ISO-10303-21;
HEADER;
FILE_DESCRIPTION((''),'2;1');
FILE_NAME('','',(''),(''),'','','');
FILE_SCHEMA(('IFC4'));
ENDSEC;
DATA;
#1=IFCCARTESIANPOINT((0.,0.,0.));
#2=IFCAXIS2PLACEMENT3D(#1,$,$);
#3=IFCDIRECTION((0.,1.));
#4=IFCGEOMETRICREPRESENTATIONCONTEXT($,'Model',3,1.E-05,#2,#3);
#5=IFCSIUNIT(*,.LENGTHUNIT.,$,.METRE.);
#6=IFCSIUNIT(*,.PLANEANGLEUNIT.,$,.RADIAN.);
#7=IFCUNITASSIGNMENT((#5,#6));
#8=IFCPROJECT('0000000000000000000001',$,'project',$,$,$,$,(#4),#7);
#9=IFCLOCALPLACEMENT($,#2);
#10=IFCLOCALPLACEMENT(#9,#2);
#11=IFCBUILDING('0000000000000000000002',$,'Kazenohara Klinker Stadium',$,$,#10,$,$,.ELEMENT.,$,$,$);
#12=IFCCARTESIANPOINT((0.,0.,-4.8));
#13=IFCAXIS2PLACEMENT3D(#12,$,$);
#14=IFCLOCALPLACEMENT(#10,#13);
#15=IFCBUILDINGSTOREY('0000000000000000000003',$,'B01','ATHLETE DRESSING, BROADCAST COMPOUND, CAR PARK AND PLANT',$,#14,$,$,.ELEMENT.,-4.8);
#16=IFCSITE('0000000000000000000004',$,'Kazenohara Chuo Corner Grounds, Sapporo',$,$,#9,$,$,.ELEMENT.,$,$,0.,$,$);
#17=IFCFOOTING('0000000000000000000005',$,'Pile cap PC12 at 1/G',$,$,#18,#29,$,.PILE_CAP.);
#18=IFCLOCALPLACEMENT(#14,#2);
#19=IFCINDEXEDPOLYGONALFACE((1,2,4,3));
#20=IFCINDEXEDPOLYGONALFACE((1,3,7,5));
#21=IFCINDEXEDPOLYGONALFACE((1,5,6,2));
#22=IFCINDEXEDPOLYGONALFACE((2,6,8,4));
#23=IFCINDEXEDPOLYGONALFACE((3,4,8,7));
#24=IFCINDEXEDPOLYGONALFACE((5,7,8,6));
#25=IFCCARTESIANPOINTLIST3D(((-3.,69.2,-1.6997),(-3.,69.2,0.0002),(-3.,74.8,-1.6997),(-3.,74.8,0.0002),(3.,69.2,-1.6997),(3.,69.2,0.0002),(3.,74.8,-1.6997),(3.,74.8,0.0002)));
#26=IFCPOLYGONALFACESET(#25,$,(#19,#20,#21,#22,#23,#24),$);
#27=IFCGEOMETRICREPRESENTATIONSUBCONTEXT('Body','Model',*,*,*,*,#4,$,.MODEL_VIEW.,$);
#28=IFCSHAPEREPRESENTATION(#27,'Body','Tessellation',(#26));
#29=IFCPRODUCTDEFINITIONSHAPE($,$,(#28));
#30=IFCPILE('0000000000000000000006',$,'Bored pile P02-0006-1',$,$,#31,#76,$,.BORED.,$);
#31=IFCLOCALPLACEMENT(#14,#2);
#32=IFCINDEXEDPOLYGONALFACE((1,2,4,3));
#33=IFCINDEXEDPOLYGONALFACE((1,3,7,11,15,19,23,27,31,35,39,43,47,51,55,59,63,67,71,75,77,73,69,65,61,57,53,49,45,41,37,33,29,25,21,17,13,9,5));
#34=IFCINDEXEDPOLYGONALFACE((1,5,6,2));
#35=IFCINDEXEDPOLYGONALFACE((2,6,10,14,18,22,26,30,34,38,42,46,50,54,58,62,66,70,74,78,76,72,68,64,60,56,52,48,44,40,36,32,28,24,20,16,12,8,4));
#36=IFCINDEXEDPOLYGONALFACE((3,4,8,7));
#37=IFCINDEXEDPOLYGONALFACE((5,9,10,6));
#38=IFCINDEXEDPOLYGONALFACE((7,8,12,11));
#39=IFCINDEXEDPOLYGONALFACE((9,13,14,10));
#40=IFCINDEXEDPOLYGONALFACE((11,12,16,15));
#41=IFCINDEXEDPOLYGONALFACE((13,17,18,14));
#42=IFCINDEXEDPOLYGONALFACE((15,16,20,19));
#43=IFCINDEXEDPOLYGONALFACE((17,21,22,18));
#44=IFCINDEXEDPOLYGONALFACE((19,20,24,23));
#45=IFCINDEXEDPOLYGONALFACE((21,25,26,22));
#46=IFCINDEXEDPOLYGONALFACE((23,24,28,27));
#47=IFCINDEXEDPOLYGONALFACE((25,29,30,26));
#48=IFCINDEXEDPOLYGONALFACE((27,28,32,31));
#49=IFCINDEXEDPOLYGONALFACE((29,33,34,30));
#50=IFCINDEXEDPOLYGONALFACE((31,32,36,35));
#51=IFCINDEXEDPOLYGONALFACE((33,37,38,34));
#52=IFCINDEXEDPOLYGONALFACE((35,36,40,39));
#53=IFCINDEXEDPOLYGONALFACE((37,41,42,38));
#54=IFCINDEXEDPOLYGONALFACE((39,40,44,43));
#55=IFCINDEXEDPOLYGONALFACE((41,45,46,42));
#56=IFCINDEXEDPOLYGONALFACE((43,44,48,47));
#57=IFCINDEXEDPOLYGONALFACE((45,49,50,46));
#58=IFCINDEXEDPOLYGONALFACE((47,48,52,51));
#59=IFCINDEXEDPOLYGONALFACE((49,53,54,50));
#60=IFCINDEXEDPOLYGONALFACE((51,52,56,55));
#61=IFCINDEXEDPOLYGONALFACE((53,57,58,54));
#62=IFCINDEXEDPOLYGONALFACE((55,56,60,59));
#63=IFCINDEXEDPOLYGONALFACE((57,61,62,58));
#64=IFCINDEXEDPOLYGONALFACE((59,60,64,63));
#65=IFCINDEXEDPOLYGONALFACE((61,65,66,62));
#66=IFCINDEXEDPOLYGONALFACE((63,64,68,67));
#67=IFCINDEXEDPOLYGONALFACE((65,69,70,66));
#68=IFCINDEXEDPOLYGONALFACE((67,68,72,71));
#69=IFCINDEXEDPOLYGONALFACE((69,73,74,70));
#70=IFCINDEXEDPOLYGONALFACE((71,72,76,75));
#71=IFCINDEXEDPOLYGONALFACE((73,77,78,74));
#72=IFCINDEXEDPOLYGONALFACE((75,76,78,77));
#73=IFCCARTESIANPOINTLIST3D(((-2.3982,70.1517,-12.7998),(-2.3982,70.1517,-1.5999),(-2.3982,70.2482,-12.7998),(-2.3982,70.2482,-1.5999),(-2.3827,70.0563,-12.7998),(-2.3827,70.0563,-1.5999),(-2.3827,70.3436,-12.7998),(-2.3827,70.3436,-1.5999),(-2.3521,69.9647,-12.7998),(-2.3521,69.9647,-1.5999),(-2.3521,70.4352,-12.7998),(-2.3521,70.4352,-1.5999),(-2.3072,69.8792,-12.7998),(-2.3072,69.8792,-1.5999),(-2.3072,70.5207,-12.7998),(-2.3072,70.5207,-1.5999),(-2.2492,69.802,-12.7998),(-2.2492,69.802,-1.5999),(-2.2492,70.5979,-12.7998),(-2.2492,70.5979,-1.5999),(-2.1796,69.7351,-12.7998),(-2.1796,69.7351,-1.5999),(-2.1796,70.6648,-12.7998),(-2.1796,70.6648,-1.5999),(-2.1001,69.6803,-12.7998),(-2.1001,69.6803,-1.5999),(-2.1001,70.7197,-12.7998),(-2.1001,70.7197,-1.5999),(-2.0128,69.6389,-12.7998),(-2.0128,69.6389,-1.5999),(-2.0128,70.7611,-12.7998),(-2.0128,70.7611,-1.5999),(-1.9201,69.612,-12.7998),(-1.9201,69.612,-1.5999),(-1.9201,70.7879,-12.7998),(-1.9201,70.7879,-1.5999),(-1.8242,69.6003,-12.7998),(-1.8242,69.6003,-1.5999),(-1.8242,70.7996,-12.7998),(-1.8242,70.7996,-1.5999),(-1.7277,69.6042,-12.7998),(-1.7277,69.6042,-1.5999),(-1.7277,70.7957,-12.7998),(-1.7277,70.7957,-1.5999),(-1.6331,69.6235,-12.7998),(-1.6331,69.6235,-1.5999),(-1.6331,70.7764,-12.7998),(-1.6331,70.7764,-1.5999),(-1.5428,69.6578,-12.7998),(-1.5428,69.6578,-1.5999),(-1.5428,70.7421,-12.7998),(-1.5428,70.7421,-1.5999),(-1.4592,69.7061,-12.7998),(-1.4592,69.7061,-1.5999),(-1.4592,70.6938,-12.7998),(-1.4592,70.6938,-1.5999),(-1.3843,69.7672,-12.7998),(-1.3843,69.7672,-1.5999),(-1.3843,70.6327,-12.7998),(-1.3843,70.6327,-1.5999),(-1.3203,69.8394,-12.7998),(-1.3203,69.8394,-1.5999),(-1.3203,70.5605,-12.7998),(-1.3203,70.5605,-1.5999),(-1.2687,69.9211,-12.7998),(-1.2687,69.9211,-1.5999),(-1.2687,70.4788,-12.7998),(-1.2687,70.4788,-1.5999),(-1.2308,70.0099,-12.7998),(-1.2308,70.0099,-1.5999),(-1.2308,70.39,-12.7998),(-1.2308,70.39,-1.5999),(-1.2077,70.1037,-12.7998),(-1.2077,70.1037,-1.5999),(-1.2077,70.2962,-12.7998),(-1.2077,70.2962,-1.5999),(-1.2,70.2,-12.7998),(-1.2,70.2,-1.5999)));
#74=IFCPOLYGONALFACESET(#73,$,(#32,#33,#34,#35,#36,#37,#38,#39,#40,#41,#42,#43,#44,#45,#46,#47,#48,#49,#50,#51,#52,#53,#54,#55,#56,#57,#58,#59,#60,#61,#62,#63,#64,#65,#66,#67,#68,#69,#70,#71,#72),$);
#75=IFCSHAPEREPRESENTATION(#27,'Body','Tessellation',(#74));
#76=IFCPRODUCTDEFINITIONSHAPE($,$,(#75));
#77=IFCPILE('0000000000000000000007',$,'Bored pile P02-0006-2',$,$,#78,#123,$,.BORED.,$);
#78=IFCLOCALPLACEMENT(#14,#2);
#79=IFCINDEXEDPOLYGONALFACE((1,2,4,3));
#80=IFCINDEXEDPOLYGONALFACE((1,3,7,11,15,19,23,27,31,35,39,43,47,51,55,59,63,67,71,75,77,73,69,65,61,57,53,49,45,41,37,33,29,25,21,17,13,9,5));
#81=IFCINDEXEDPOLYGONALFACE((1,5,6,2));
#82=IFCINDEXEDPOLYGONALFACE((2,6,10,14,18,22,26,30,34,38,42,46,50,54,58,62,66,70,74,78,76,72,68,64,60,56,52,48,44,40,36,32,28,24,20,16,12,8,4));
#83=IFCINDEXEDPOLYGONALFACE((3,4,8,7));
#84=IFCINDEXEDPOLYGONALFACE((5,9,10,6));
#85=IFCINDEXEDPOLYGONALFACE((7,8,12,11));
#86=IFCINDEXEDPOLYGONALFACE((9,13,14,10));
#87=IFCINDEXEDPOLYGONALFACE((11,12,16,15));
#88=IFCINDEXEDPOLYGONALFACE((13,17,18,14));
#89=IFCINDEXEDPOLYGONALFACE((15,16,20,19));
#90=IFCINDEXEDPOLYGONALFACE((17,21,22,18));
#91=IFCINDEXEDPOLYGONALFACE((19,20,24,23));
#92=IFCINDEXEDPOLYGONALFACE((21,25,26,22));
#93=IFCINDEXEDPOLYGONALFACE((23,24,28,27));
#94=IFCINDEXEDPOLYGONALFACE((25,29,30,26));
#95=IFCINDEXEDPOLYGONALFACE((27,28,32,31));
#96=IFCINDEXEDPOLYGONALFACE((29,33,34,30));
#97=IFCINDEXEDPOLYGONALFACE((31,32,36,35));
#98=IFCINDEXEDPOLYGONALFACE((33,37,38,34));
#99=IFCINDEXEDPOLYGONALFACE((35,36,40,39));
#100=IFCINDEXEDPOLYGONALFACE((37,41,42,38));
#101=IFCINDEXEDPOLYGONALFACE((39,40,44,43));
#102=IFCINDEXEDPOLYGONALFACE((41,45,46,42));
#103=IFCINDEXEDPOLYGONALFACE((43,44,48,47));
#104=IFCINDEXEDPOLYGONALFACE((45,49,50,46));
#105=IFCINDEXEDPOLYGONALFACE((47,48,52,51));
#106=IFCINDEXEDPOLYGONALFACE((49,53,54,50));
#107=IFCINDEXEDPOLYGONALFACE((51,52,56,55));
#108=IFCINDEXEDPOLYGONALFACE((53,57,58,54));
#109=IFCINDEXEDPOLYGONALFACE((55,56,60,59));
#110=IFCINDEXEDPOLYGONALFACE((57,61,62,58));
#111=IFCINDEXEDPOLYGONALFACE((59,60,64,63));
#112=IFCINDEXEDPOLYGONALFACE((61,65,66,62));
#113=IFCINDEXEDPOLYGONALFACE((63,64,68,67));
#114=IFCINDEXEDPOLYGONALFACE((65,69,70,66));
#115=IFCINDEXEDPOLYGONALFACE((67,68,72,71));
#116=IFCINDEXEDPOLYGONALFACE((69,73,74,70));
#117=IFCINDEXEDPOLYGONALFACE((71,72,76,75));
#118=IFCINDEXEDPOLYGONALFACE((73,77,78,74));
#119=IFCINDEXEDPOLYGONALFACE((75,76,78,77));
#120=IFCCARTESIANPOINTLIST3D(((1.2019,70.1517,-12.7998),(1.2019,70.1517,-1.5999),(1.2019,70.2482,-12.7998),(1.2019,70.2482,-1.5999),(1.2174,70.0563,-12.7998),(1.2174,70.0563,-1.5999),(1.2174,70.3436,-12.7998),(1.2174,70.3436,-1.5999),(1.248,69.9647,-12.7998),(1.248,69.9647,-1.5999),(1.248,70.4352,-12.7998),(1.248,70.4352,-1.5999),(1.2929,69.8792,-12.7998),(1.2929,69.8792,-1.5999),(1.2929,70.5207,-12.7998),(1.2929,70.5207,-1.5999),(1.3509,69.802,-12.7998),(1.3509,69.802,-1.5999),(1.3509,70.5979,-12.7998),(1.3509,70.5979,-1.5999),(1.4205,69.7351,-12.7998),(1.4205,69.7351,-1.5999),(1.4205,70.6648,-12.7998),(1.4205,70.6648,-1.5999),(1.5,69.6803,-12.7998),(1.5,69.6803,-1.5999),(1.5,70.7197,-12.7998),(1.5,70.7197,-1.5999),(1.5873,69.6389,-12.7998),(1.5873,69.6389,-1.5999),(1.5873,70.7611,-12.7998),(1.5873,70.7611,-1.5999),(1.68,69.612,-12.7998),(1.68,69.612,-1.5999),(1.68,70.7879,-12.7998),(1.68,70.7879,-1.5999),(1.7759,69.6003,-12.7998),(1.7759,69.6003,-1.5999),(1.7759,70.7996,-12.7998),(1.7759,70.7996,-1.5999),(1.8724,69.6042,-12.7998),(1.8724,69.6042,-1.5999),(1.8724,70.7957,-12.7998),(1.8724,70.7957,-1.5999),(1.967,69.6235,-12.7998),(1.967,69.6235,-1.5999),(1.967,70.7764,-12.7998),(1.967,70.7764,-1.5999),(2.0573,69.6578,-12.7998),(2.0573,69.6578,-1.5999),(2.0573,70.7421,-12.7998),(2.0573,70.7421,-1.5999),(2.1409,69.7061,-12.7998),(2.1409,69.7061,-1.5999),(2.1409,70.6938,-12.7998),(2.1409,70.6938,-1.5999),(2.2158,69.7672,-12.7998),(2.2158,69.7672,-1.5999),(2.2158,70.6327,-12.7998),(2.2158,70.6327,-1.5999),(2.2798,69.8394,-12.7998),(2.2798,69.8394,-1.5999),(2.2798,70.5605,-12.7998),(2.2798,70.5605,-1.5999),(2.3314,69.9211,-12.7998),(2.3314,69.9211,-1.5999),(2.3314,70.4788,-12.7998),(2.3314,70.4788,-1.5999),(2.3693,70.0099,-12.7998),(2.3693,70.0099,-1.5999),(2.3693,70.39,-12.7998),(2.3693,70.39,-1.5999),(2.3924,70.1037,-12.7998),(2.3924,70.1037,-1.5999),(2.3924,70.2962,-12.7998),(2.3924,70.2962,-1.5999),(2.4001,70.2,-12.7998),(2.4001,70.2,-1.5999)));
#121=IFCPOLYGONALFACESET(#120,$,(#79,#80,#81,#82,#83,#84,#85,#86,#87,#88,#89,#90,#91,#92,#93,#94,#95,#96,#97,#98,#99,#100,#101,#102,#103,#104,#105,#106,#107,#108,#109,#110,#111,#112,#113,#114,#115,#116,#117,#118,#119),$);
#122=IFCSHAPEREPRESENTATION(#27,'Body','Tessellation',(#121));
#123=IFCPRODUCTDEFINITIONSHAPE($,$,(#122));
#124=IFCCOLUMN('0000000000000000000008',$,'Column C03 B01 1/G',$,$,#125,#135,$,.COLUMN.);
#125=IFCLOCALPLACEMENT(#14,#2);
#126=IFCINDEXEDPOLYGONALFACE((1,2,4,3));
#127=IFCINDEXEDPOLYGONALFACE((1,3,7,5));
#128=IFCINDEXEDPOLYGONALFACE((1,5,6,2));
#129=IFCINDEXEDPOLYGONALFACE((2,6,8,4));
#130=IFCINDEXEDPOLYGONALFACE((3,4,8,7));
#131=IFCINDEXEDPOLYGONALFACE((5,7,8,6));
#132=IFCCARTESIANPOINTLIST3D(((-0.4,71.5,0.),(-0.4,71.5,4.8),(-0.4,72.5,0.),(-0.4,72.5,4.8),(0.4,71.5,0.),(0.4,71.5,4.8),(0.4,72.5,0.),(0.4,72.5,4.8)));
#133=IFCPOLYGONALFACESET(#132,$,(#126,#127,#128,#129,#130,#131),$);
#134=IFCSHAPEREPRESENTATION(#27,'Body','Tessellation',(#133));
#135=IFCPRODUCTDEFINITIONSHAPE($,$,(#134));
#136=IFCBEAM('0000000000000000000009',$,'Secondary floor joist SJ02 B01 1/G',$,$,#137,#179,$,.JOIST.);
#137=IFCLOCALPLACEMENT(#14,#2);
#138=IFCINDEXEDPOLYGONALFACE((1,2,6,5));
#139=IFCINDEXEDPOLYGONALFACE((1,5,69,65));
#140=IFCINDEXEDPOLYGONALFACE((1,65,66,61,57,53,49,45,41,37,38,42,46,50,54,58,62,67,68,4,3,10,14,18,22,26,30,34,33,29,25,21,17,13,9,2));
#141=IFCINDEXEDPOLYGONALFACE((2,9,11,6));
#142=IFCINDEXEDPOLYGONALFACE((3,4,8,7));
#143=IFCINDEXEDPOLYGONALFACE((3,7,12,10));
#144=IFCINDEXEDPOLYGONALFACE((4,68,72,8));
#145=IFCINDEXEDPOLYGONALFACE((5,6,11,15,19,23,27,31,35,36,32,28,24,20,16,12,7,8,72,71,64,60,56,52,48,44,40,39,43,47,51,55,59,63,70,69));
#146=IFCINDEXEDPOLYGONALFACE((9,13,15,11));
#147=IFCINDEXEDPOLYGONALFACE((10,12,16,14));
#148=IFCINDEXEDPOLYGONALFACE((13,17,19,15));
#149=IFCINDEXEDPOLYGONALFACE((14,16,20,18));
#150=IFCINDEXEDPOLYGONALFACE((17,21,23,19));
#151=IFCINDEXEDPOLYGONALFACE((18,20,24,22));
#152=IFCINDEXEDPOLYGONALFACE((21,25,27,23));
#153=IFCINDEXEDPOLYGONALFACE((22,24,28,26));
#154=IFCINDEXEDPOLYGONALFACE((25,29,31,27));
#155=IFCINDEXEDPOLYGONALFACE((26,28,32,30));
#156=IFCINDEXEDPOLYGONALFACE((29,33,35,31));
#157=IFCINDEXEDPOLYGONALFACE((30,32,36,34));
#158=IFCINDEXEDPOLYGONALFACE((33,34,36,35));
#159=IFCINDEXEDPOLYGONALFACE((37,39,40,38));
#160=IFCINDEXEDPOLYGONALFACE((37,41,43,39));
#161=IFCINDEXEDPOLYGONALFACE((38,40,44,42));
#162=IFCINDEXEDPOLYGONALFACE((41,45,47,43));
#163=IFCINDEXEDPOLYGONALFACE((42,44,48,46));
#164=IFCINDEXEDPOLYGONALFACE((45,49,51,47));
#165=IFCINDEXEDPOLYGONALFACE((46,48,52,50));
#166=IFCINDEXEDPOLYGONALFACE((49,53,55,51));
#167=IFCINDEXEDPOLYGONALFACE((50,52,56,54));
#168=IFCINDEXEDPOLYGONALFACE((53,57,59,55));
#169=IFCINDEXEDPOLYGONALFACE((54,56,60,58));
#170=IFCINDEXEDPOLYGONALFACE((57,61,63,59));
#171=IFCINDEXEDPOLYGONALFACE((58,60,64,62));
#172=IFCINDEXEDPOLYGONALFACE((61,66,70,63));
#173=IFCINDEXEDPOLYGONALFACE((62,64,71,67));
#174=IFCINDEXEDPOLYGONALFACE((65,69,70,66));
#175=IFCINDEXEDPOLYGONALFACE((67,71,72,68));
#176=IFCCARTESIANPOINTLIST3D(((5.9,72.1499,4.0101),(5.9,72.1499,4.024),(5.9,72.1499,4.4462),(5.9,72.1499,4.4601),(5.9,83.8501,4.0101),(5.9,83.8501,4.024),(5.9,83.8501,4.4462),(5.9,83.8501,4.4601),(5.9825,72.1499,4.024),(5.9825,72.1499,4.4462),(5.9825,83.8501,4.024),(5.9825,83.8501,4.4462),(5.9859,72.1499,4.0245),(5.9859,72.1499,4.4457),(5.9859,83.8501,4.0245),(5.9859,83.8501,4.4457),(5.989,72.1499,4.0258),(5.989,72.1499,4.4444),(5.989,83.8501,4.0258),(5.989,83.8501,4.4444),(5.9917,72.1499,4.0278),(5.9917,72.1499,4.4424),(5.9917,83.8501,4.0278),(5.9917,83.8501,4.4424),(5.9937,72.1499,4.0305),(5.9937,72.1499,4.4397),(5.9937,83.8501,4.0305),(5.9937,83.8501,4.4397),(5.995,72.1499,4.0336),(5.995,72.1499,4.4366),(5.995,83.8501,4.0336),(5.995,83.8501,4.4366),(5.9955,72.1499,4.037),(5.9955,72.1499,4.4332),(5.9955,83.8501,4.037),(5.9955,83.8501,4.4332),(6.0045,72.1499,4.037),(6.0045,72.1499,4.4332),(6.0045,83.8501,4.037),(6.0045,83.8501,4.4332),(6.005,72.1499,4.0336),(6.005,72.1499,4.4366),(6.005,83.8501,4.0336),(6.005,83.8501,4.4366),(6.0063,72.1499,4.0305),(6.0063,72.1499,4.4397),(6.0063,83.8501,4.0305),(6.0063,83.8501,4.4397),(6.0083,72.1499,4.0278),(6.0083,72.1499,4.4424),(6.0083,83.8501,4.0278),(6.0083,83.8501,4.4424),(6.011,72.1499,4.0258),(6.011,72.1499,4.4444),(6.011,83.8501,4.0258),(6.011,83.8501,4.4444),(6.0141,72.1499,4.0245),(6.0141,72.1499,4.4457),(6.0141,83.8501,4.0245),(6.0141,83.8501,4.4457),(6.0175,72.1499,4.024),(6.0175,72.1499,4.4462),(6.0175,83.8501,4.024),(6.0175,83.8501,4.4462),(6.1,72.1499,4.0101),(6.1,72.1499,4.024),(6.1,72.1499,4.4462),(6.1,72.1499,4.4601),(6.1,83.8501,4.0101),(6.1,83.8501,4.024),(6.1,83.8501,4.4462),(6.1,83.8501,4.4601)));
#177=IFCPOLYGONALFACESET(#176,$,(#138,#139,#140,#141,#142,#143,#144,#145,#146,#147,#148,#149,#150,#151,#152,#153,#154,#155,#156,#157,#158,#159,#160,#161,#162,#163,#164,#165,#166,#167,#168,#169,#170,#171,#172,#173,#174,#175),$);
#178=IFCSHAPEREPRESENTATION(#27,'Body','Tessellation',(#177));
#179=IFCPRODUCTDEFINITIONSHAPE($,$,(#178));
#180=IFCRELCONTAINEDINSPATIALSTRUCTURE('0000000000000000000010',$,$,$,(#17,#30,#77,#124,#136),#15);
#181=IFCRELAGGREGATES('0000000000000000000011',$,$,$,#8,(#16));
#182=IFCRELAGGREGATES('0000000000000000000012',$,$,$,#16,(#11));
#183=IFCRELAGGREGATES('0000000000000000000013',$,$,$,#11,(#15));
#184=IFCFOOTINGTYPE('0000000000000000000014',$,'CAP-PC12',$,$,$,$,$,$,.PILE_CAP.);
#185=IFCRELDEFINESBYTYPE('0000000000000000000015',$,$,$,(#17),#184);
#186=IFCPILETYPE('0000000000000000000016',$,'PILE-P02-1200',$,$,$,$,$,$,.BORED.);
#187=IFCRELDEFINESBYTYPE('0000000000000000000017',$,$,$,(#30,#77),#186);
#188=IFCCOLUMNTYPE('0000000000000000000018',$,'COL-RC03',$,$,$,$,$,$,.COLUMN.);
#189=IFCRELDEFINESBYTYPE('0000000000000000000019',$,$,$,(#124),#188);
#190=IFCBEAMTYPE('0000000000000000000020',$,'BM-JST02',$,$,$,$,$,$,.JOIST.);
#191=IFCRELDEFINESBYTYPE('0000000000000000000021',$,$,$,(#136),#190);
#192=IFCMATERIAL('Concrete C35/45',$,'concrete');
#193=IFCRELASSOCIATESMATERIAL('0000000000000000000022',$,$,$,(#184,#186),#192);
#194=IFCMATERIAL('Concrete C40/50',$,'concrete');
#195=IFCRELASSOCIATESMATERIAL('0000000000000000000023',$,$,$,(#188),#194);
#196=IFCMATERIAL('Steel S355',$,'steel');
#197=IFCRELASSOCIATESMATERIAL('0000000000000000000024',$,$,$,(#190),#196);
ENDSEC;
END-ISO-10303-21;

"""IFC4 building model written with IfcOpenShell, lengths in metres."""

from ifc_helpers import new_model, si_unit, direction, frame, origin, origin_2d, place, context, subcontext, project, spatial, rectangle, circle, i_section, extrude, material, material_profile, profile_set, type_object, element, save


model = new_model("IFC4")

# Units and contexts
model_context = context("Model", 3, precision=1e-05, world=origin(), true_north=direction((0.0, 1.0)))
body_context = subcontext(model_context, "Body", "Model", "MODEL_VIEW")
ifc_project = project(units=[si_unit("LENGTHUNIT", "METRE"), si_unit("PLANEANGLEUNIT", "RADIAN")], contexts=[model_context])

# Site, building, storey
site_placement = place(None, origin())
site = spatial("IfcSite", under=ifc_project, at=site_placement, Name="Kazenohara Chuo Corner Grounds, Sapporo", CompositionType="ELEMENT", RefElevation=0.0)
building_placement = place(site_placement, origin())
building = spatial("IfcBuilding", under=site, at=building_placement, Name="Kazenohara Klinker Stadium", CompositionType="ELEMENT")
storey_placement = place(building_placement, frame((0.0, 0.0, -4.8)))
storey = spatial("IfcBuildingStorey", under=building, at=storey_placement, Name="B01", Description="ATHLETE DRESSING, BROADCAST COMPOUND, CAR PARK AND PLANT", CompositionType="ELEMENT", Elevation=-4.8)

# Footing
ifc_material_1 = material(Name="Concrete C35/45", Category="concrete")
footing_type = type_object("IfcFootingType", Name="CAP-PC12", PredefinedType="PILE_CAP", material=ifc_material_1)
footing_placement = place(storey_placement, frame((0.0, 72.0, -1.6997), z_axis=(0.0, 0.0, 1.0), x_axis=(1.0, 0.0, 0.0)))
element("IfcFooting", 1, at=footing_placement, inside=storey, type_object=footing_type, Name="Pile cap PC12 at 1/G", PredefinedType="PILE_CAP", context=body_context, shape_type="SweptSolid", body=[
    extrude(rectangle(XDim=6.0, YDim=5.6001, at=origin_2d()), origin(), (0.0, 0.0, 1.0), 1.7),
])

# Piles
ifc_material_profile_1 = material_profile(ifc_material_1, circle(Radius=0.6001, at=origin_2d()), Name="BORED-PILE-1200")
ifc_profile_set_1 = profile_set([ifc_material_profile_1], Name="Concrete C35/45")
pile_type = type_object("IfcPileType", Name="PILE-P02-1200", PredefinedType="BORED", material=ifc_profile_set_1)
for number, where, z_axis, x_axis, name in (
    (2, (-1.8, 70.2, -1.5999), (0.0, 0.0, -1.0), (1.0, 0.0, 0.0), "Bored pile P02-0006-1"),
    (3, (1.8, 70.2, -1.5999), (0.0, 0.0, -1.0), (1.0, 0.0, 0.0), "Bored pile P02-0006-2"),
):
    element("IfcPile", number, at=place(storey_placement, frame(where, z_axis=z_axis, x_axis=x_axis)), inside=storey, type_object=pile_type, Name=name, PredefinedType="BORED", context=body_context, shape_type="SweptSolid", body=[
        extrude(circle(Radius=0.6001, at=origin_2d()), origin(), (0.0, 0.0, 1.0), 11.2),
    ])

# Column
ifc_material_2 = material(Name="Concrete C40/50", Category="concrete")
ifc_material_profile_2 = material_profile(ifc_material_2, rectangle(XDim=0.8, YDim=1.0, at=origin_2d()), Name="RC-COL-1000x800")
ifc_profile_set_2 = profile_set([ifc_material_profile_2], Name="Concrete C40/50")
column_type = type_object("IfcColumnType", Name="COL-RC03", PredefinedType="COLUMN", material=ifc_profile_set_2)
column_placement = place(storey_placement, frame((0.0, 72.0, 0.0), z_axis=(0.0, 0.0, 1.0), x_axis=(1.0, 0.0, 0.0)))
element("IfcColumn", 4, at=column_placement, inside=storey, type_object=column_type, Name="Column C03 B01 1/G", PredefinedType="COLUMN", context=body_context, shape_type="SweptSolid", body=[
    extrude(rectangle(XDim=0.8, YDim=1.0, at=origin_2d()), origin(), (0.0, 0.0, 1.0), 4.8),
])

# Beam
ifc_material_3 = material(Name="Steel S355", Category="steel")
ifc_material_profile_3 = material_profile(ifc_material_3, i_section(OverallWidth=0.2, OverallDepth=0.45, WebThickness=0.009, FlangeThickness=0.0139, FilletRadius=0.0129, at=origin_2d()), Name="H-450x200x9x14")
ifc_profile_set_3 = profile_set([ifc_material_profile_3], Name="Steel S355")
beam_type_1 = type_object("IfcBeamType", Name="BM-JST02", PredefinedType="JOIST", material=ifc_profile_set_3)
beam_1_placement = place(storey_placement, frame((6.0, 72.1499, 4.2351), z_axis=(0.0, 1.0, 0.0), x_axis=(-1.0, 0.0, 0.0)))
element("IfcBeam", 5, at=beam_1_placement, inside=storey, type_object=beam_type_1, Name="Secondary floor joist SJ02 B01 1/G", PredefinedType="JOIST", context=body_context, shape_type="SweptSolid", body=[
    extrude(i_section(OverallWidth=0.2, OverallDepth=0.45, WebThickness=0.009, FlangeThickness=0.0139, FilletRadius=0.0129, at=origin_2d()), origin(), (0.0, 0.0, 1.0), 11.7002),
])

save(model, "model.ifc")
